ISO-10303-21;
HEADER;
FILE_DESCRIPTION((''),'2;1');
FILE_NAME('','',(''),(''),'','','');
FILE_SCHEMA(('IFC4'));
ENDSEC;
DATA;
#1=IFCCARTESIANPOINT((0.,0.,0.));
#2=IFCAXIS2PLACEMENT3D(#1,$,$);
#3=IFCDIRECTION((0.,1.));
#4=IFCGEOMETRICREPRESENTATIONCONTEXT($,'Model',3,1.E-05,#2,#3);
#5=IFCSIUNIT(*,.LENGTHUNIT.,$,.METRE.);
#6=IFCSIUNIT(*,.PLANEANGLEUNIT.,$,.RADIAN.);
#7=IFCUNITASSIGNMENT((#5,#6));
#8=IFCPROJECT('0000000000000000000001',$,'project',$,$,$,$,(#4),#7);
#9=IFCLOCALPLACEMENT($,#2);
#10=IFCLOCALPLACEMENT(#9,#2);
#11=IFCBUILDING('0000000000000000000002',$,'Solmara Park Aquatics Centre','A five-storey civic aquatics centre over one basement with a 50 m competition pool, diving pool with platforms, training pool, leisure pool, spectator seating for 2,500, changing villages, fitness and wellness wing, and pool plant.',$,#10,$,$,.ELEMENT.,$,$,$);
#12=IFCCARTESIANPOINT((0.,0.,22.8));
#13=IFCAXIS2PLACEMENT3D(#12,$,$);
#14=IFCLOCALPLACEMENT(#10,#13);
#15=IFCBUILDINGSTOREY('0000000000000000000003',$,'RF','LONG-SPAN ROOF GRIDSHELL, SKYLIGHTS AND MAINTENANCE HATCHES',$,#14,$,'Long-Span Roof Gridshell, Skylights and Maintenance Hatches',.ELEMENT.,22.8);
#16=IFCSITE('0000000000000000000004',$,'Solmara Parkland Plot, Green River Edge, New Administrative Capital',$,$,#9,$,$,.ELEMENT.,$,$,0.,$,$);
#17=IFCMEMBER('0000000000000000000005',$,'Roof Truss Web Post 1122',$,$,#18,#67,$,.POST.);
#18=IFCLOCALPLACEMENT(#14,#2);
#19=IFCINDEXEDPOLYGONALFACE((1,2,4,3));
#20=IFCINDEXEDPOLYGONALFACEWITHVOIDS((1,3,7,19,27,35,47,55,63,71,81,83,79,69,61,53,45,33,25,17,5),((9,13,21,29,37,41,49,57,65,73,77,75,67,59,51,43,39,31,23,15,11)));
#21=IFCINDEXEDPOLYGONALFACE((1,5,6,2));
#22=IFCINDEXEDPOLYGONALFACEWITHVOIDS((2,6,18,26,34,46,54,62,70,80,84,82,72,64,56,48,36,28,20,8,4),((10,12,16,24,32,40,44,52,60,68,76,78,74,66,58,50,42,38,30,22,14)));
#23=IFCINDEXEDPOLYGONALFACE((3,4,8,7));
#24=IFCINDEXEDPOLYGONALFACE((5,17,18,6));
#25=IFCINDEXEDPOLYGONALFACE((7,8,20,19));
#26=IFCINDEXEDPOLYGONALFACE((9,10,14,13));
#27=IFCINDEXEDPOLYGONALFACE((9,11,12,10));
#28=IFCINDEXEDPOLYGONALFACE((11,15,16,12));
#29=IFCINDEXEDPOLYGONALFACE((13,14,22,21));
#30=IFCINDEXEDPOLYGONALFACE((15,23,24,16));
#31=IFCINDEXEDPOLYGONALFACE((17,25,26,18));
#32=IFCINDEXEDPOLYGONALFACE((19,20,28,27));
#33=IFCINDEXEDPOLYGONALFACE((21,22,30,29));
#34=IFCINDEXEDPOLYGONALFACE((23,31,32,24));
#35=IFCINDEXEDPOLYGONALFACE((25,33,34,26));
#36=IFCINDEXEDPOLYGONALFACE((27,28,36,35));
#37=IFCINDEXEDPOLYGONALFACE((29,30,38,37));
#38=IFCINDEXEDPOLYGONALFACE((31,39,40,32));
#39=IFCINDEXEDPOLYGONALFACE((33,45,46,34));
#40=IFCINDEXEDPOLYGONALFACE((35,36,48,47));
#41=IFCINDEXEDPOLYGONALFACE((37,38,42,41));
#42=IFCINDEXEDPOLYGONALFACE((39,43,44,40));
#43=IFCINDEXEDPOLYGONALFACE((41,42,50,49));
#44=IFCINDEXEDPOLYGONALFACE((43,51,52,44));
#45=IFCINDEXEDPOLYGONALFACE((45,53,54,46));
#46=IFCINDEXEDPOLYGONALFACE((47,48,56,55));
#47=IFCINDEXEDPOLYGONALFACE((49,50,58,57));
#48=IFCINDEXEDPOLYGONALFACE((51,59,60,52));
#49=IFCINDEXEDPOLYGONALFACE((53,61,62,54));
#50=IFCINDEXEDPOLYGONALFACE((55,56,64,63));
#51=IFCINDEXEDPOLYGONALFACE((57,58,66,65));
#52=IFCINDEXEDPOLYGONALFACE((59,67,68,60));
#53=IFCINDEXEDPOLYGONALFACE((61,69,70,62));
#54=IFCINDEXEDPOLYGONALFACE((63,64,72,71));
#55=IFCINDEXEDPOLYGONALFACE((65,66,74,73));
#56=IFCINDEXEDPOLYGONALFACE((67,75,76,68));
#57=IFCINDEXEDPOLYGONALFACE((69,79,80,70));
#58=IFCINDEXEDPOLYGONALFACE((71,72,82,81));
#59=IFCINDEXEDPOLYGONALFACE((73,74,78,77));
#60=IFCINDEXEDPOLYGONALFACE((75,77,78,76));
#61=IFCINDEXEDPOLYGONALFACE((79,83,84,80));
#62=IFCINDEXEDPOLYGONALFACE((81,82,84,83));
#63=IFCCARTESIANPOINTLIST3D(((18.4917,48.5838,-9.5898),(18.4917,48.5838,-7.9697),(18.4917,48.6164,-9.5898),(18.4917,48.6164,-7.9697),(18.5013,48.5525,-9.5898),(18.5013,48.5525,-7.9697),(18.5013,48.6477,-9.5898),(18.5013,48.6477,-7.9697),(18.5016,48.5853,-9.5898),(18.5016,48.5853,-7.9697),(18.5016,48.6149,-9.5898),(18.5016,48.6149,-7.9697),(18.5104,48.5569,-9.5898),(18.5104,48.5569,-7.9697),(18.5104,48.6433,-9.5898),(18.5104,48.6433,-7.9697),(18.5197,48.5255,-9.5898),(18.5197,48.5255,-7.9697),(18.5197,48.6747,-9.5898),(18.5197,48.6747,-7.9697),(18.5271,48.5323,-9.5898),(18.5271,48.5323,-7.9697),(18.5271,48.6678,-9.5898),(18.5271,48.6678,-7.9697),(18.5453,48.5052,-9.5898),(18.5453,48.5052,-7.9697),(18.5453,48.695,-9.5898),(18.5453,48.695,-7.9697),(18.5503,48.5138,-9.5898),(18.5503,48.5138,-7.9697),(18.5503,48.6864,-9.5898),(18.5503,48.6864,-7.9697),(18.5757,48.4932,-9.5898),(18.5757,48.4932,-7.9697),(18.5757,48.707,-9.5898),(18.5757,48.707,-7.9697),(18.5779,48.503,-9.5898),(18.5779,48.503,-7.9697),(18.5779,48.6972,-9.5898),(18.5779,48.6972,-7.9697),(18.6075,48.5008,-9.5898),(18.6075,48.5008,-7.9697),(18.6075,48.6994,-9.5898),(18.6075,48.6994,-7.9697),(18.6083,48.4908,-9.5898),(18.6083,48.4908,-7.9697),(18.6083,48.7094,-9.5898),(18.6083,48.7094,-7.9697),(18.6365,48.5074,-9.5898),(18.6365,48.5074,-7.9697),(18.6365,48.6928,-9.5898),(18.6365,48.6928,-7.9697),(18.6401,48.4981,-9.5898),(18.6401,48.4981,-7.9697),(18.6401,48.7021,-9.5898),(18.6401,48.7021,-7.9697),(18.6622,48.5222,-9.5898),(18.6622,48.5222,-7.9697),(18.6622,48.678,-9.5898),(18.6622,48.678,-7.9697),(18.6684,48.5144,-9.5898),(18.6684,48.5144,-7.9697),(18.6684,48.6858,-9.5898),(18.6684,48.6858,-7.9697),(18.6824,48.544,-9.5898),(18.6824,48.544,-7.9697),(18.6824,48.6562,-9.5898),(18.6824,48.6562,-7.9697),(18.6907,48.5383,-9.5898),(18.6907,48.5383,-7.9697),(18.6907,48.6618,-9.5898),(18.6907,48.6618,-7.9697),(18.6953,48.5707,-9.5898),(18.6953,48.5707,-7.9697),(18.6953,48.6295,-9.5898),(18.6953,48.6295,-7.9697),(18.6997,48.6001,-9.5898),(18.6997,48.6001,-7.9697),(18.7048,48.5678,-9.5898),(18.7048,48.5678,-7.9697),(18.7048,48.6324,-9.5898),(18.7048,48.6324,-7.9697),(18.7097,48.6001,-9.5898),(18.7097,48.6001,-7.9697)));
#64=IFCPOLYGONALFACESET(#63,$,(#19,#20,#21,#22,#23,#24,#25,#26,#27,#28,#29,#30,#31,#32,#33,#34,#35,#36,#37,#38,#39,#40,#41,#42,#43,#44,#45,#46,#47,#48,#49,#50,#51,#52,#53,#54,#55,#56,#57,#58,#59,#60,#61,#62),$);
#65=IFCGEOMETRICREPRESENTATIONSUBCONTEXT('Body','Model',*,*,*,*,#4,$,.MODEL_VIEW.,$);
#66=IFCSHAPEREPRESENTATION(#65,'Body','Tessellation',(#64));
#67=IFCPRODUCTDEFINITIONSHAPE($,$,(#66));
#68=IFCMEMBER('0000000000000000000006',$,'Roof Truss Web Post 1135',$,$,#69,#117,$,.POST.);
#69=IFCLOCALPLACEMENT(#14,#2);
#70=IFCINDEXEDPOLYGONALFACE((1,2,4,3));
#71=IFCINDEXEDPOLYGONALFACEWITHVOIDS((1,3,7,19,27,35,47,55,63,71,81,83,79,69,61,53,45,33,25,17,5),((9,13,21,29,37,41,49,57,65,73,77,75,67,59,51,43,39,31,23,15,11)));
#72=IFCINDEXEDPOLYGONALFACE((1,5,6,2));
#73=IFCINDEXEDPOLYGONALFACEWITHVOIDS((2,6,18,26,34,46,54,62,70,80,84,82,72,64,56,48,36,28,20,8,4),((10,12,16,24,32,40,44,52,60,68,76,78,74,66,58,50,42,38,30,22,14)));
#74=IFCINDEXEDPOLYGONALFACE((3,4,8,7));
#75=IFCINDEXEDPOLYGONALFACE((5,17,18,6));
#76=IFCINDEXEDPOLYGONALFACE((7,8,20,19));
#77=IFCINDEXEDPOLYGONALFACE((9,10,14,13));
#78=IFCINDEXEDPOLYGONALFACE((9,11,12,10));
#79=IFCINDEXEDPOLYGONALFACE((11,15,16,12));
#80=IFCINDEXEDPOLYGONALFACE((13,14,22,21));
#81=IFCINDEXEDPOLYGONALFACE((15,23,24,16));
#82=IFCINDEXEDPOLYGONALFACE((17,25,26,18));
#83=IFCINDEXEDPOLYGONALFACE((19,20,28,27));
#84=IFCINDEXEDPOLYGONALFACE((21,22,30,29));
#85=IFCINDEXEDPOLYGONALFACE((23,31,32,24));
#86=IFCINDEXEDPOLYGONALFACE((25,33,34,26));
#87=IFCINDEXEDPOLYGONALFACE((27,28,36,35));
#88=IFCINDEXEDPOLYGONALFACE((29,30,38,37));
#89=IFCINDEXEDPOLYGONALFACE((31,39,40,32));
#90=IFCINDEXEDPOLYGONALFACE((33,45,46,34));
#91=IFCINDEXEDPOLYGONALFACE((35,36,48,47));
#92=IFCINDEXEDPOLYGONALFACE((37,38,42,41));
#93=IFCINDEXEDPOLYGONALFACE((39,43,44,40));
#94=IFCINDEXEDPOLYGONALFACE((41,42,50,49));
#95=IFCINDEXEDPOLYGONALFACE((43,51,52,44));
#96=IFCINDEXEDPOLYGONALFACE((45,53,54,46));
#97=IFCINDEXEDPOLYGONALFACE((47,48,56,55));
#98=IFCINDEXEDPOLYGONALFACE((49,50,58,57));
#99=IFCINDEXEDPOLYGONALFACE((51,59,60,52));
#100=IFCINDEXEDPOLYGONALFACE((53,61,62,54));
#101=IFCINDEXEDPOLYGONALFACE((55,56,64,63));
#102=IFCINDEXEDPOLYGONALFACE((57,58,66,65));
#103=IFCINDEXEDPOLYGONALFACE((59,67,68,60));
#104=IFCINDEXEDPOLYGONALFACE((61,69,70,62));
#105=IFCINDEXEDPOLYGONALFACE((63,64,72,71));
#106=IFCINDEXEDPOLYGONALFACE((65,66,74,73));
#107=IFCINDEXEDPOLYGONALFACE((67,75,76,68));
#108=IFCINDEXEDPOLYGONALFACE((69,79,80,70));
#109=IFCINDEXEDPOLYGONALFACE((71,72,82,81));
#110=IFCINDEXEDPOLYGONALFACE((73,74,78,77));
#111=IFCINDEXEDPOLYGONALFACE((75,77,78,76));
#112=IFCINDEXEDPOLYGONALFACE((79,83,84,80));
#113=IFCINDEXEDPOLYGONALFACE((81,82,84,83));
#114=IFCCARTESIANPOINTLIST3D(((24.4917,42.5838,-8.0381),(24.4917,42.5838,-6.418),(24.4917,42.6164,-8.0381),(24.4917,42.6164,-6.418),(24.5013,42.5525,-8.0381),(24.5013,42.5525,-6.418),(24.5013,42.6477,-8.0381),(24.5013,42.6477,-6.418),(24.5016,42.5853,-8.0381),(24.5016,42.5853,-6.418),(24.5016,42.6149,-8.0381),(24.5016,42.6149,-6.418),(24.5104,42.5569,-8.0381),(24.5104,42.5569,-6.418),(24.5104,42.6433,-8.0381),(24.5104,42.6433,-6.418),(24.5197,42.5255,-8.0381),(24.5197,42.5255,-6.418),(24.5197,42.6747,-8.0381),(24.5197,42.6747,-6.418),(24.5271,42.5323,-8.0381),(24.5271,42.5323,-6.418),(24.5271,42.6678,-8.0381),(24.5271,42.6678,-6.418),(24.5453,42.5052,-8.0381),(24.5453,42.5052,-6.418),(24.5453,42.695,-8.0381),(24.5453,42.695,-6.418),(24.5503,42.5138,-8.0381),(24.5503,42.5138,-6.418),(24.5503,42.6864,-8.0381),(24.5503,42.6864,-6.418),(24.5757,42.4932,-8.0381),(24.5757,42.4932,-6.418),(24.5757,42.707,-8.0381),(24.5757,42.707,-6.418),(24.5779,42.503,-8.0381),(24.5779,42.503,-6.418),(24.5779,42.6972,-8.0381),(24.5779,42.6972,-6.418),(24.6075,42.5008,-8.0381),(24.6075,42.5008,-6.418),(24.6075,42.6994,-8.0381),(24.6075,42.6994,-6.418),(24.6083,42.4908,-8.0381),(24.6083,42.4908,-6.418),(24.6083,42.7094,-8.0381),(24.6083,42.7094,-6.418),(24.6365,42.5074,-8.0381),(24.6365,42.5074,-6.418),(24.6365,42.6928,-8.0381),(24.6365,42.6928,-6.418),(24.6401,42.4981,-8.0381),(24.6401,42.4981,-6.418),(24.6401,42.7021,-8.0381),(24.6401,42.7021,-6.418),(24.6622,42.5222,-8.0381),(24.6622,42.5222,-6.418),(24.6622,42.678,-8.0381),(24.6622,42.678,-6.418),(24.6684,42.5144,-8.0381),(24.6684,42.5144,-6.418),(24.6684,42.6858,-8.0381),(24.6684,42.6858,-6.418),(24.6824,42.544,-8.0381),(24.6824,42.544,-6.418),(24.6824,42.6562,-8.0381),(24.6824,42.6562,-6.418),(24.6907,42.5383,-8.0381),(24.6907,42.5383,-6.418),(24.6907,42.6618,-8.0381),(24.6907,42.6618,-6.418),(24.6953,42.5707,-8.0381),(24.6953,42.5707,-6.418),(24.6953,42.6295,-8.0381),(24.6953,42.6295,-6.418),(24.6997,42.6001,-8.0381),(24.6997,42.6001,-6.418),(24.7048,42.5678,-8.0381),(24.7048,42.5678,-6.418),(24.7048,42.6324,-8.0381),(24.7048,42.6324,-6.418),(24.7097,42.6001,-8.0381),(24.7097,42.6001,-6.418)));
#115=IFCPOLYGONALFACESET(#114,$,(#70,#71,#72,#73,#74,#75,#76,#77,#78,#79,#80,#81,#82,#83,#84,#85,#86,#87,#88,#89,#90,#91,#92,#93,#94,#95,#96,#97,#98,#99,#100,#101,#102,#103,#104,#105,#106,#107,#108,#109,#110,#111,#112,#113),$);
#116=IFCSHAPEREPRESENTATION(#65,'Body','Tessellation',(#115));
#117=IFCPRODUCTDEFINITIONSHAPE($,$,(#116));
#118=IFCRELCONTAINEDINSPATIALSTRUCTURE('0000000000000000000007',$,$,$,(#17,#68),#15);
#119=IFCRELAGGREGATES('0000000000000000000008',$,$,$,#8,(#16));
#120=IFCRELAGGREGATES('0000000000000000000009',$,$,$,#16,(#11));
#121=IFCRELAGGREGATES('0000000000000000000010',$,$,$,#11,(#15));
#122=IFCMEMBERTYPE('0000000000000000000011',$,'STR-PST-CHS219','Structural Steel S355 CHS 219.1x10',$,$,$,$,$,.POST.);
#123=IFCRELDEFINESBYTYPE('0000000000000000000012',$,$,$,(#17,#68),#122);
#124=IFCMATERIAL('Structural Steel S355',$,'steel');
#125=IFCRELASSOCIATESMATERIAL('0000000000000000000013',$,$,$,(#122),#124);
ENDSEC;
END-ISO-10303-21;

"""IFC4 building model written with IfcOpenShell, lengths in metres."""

from ifc_helpers import new_model, si_unit, direction, frame, origin, origin_2d, place, context, subcontext, project, spatial, hollow_circle, extrude, material, material_profile, profile_set, type_object, element, save


model = new_model("IFC4")

# Units and contexts
model_context = context("Model", 3, precision=1e-05, world=origin(), true_north=direction((0.0, 1.0)))
body_context = subcontext(model_context, "Body", "Model", "MODEL_VIEW")
ifc_project = project(units=[si_unit("LENGTHUNIT", "METRE"), si_unit("PLANEANGLEUNIT", "RADIAN")], contexts=[model_context])

# Site, building, storey
site_placement = place(None, origin())
site = spatial("IfcSite", under=ifc_project, at=site_placement, Name="Solmara Parkland Plot, Green River Edge, New Administrative Capital", CompositionType="ELEMENT", RefElevation=0.0)
building_placement = place(site_placement, origin())
building = spatial("IfcBuilding", under=site, at=building_placement, Name="Solmara Park Aquatics Centre", Description="A five-storey civic aquatics centre over one basement with a 50 m competition pool, diving pool with platforms, training pool, leisure pool, spectator seating for 2,500, changing villages, fitness and wellness wing, and pool plant.", CompositionType="ELEMENT")
storey_placement = place(building_placement, frame((0.0, 0.0, 22.8)))
storey = spatial("IfcBuildingStorey", under=building, at=storey_placement, Name="RF", Description="LONG-SPAN ROOF GRIDSHELL, SKYLIGHTS AND MAINTENANCE HATCHES", LongName="Long-Span Roof Gridshell, Skylights and Maintenance Hatches", CompositionType="ELEMENT", Elevation=22.8)

# Members
ifc_material_1 = material(Name="Structural Steel S355", Category="steel")
ifc_material_profile_1 = material_profile(ifc_material_1, hollow_circle(Radius=0.1096, WallThickness=0.01, at=origin_2d()), Name="CHS 219.1x10")
ifc_profile_set_1 = profile_set([ifc_material_profile_1], Name="Structural Steel S355")
member_type_1 = type_object("IfcMemberType", Name="STR-PST-CHS219", Description="Structural Steel S355 CHS 219.1x10", PredefinedType="POST", material=ifc_profile_set_1)
for number, where, z_axis, x_axis, name in (
    (1, (18.6001, 48.6001, -9.5898), (0.0, 0.0, 1.0), (1.0, 0.0, 0.0), "Roof Truss Web Post 1122"),
    (2, (24.6001, 42.6001, -8.0381), (0.0, 0.0, 1.0), (1.0, 0.0, 0.0), "Roof Truss Web Post 1135"),
):
    element("IfcMember", number, at=place(storey_placement, frame(where, z_axis=z_axis, x_axis=x_axis)), inside=storey, type_object=member_type_1, Name=name, PredefinedType="POST", context=body_context, shape_type="SweptSolid", body=[
        extrude(hollow_circle(Radius=0.1096, WallThickness=0.01, at=origin_2d()), origin(), (0.0, 0.0, 1.0), 1.6201),
    ])

save(model, "model.ifc")
